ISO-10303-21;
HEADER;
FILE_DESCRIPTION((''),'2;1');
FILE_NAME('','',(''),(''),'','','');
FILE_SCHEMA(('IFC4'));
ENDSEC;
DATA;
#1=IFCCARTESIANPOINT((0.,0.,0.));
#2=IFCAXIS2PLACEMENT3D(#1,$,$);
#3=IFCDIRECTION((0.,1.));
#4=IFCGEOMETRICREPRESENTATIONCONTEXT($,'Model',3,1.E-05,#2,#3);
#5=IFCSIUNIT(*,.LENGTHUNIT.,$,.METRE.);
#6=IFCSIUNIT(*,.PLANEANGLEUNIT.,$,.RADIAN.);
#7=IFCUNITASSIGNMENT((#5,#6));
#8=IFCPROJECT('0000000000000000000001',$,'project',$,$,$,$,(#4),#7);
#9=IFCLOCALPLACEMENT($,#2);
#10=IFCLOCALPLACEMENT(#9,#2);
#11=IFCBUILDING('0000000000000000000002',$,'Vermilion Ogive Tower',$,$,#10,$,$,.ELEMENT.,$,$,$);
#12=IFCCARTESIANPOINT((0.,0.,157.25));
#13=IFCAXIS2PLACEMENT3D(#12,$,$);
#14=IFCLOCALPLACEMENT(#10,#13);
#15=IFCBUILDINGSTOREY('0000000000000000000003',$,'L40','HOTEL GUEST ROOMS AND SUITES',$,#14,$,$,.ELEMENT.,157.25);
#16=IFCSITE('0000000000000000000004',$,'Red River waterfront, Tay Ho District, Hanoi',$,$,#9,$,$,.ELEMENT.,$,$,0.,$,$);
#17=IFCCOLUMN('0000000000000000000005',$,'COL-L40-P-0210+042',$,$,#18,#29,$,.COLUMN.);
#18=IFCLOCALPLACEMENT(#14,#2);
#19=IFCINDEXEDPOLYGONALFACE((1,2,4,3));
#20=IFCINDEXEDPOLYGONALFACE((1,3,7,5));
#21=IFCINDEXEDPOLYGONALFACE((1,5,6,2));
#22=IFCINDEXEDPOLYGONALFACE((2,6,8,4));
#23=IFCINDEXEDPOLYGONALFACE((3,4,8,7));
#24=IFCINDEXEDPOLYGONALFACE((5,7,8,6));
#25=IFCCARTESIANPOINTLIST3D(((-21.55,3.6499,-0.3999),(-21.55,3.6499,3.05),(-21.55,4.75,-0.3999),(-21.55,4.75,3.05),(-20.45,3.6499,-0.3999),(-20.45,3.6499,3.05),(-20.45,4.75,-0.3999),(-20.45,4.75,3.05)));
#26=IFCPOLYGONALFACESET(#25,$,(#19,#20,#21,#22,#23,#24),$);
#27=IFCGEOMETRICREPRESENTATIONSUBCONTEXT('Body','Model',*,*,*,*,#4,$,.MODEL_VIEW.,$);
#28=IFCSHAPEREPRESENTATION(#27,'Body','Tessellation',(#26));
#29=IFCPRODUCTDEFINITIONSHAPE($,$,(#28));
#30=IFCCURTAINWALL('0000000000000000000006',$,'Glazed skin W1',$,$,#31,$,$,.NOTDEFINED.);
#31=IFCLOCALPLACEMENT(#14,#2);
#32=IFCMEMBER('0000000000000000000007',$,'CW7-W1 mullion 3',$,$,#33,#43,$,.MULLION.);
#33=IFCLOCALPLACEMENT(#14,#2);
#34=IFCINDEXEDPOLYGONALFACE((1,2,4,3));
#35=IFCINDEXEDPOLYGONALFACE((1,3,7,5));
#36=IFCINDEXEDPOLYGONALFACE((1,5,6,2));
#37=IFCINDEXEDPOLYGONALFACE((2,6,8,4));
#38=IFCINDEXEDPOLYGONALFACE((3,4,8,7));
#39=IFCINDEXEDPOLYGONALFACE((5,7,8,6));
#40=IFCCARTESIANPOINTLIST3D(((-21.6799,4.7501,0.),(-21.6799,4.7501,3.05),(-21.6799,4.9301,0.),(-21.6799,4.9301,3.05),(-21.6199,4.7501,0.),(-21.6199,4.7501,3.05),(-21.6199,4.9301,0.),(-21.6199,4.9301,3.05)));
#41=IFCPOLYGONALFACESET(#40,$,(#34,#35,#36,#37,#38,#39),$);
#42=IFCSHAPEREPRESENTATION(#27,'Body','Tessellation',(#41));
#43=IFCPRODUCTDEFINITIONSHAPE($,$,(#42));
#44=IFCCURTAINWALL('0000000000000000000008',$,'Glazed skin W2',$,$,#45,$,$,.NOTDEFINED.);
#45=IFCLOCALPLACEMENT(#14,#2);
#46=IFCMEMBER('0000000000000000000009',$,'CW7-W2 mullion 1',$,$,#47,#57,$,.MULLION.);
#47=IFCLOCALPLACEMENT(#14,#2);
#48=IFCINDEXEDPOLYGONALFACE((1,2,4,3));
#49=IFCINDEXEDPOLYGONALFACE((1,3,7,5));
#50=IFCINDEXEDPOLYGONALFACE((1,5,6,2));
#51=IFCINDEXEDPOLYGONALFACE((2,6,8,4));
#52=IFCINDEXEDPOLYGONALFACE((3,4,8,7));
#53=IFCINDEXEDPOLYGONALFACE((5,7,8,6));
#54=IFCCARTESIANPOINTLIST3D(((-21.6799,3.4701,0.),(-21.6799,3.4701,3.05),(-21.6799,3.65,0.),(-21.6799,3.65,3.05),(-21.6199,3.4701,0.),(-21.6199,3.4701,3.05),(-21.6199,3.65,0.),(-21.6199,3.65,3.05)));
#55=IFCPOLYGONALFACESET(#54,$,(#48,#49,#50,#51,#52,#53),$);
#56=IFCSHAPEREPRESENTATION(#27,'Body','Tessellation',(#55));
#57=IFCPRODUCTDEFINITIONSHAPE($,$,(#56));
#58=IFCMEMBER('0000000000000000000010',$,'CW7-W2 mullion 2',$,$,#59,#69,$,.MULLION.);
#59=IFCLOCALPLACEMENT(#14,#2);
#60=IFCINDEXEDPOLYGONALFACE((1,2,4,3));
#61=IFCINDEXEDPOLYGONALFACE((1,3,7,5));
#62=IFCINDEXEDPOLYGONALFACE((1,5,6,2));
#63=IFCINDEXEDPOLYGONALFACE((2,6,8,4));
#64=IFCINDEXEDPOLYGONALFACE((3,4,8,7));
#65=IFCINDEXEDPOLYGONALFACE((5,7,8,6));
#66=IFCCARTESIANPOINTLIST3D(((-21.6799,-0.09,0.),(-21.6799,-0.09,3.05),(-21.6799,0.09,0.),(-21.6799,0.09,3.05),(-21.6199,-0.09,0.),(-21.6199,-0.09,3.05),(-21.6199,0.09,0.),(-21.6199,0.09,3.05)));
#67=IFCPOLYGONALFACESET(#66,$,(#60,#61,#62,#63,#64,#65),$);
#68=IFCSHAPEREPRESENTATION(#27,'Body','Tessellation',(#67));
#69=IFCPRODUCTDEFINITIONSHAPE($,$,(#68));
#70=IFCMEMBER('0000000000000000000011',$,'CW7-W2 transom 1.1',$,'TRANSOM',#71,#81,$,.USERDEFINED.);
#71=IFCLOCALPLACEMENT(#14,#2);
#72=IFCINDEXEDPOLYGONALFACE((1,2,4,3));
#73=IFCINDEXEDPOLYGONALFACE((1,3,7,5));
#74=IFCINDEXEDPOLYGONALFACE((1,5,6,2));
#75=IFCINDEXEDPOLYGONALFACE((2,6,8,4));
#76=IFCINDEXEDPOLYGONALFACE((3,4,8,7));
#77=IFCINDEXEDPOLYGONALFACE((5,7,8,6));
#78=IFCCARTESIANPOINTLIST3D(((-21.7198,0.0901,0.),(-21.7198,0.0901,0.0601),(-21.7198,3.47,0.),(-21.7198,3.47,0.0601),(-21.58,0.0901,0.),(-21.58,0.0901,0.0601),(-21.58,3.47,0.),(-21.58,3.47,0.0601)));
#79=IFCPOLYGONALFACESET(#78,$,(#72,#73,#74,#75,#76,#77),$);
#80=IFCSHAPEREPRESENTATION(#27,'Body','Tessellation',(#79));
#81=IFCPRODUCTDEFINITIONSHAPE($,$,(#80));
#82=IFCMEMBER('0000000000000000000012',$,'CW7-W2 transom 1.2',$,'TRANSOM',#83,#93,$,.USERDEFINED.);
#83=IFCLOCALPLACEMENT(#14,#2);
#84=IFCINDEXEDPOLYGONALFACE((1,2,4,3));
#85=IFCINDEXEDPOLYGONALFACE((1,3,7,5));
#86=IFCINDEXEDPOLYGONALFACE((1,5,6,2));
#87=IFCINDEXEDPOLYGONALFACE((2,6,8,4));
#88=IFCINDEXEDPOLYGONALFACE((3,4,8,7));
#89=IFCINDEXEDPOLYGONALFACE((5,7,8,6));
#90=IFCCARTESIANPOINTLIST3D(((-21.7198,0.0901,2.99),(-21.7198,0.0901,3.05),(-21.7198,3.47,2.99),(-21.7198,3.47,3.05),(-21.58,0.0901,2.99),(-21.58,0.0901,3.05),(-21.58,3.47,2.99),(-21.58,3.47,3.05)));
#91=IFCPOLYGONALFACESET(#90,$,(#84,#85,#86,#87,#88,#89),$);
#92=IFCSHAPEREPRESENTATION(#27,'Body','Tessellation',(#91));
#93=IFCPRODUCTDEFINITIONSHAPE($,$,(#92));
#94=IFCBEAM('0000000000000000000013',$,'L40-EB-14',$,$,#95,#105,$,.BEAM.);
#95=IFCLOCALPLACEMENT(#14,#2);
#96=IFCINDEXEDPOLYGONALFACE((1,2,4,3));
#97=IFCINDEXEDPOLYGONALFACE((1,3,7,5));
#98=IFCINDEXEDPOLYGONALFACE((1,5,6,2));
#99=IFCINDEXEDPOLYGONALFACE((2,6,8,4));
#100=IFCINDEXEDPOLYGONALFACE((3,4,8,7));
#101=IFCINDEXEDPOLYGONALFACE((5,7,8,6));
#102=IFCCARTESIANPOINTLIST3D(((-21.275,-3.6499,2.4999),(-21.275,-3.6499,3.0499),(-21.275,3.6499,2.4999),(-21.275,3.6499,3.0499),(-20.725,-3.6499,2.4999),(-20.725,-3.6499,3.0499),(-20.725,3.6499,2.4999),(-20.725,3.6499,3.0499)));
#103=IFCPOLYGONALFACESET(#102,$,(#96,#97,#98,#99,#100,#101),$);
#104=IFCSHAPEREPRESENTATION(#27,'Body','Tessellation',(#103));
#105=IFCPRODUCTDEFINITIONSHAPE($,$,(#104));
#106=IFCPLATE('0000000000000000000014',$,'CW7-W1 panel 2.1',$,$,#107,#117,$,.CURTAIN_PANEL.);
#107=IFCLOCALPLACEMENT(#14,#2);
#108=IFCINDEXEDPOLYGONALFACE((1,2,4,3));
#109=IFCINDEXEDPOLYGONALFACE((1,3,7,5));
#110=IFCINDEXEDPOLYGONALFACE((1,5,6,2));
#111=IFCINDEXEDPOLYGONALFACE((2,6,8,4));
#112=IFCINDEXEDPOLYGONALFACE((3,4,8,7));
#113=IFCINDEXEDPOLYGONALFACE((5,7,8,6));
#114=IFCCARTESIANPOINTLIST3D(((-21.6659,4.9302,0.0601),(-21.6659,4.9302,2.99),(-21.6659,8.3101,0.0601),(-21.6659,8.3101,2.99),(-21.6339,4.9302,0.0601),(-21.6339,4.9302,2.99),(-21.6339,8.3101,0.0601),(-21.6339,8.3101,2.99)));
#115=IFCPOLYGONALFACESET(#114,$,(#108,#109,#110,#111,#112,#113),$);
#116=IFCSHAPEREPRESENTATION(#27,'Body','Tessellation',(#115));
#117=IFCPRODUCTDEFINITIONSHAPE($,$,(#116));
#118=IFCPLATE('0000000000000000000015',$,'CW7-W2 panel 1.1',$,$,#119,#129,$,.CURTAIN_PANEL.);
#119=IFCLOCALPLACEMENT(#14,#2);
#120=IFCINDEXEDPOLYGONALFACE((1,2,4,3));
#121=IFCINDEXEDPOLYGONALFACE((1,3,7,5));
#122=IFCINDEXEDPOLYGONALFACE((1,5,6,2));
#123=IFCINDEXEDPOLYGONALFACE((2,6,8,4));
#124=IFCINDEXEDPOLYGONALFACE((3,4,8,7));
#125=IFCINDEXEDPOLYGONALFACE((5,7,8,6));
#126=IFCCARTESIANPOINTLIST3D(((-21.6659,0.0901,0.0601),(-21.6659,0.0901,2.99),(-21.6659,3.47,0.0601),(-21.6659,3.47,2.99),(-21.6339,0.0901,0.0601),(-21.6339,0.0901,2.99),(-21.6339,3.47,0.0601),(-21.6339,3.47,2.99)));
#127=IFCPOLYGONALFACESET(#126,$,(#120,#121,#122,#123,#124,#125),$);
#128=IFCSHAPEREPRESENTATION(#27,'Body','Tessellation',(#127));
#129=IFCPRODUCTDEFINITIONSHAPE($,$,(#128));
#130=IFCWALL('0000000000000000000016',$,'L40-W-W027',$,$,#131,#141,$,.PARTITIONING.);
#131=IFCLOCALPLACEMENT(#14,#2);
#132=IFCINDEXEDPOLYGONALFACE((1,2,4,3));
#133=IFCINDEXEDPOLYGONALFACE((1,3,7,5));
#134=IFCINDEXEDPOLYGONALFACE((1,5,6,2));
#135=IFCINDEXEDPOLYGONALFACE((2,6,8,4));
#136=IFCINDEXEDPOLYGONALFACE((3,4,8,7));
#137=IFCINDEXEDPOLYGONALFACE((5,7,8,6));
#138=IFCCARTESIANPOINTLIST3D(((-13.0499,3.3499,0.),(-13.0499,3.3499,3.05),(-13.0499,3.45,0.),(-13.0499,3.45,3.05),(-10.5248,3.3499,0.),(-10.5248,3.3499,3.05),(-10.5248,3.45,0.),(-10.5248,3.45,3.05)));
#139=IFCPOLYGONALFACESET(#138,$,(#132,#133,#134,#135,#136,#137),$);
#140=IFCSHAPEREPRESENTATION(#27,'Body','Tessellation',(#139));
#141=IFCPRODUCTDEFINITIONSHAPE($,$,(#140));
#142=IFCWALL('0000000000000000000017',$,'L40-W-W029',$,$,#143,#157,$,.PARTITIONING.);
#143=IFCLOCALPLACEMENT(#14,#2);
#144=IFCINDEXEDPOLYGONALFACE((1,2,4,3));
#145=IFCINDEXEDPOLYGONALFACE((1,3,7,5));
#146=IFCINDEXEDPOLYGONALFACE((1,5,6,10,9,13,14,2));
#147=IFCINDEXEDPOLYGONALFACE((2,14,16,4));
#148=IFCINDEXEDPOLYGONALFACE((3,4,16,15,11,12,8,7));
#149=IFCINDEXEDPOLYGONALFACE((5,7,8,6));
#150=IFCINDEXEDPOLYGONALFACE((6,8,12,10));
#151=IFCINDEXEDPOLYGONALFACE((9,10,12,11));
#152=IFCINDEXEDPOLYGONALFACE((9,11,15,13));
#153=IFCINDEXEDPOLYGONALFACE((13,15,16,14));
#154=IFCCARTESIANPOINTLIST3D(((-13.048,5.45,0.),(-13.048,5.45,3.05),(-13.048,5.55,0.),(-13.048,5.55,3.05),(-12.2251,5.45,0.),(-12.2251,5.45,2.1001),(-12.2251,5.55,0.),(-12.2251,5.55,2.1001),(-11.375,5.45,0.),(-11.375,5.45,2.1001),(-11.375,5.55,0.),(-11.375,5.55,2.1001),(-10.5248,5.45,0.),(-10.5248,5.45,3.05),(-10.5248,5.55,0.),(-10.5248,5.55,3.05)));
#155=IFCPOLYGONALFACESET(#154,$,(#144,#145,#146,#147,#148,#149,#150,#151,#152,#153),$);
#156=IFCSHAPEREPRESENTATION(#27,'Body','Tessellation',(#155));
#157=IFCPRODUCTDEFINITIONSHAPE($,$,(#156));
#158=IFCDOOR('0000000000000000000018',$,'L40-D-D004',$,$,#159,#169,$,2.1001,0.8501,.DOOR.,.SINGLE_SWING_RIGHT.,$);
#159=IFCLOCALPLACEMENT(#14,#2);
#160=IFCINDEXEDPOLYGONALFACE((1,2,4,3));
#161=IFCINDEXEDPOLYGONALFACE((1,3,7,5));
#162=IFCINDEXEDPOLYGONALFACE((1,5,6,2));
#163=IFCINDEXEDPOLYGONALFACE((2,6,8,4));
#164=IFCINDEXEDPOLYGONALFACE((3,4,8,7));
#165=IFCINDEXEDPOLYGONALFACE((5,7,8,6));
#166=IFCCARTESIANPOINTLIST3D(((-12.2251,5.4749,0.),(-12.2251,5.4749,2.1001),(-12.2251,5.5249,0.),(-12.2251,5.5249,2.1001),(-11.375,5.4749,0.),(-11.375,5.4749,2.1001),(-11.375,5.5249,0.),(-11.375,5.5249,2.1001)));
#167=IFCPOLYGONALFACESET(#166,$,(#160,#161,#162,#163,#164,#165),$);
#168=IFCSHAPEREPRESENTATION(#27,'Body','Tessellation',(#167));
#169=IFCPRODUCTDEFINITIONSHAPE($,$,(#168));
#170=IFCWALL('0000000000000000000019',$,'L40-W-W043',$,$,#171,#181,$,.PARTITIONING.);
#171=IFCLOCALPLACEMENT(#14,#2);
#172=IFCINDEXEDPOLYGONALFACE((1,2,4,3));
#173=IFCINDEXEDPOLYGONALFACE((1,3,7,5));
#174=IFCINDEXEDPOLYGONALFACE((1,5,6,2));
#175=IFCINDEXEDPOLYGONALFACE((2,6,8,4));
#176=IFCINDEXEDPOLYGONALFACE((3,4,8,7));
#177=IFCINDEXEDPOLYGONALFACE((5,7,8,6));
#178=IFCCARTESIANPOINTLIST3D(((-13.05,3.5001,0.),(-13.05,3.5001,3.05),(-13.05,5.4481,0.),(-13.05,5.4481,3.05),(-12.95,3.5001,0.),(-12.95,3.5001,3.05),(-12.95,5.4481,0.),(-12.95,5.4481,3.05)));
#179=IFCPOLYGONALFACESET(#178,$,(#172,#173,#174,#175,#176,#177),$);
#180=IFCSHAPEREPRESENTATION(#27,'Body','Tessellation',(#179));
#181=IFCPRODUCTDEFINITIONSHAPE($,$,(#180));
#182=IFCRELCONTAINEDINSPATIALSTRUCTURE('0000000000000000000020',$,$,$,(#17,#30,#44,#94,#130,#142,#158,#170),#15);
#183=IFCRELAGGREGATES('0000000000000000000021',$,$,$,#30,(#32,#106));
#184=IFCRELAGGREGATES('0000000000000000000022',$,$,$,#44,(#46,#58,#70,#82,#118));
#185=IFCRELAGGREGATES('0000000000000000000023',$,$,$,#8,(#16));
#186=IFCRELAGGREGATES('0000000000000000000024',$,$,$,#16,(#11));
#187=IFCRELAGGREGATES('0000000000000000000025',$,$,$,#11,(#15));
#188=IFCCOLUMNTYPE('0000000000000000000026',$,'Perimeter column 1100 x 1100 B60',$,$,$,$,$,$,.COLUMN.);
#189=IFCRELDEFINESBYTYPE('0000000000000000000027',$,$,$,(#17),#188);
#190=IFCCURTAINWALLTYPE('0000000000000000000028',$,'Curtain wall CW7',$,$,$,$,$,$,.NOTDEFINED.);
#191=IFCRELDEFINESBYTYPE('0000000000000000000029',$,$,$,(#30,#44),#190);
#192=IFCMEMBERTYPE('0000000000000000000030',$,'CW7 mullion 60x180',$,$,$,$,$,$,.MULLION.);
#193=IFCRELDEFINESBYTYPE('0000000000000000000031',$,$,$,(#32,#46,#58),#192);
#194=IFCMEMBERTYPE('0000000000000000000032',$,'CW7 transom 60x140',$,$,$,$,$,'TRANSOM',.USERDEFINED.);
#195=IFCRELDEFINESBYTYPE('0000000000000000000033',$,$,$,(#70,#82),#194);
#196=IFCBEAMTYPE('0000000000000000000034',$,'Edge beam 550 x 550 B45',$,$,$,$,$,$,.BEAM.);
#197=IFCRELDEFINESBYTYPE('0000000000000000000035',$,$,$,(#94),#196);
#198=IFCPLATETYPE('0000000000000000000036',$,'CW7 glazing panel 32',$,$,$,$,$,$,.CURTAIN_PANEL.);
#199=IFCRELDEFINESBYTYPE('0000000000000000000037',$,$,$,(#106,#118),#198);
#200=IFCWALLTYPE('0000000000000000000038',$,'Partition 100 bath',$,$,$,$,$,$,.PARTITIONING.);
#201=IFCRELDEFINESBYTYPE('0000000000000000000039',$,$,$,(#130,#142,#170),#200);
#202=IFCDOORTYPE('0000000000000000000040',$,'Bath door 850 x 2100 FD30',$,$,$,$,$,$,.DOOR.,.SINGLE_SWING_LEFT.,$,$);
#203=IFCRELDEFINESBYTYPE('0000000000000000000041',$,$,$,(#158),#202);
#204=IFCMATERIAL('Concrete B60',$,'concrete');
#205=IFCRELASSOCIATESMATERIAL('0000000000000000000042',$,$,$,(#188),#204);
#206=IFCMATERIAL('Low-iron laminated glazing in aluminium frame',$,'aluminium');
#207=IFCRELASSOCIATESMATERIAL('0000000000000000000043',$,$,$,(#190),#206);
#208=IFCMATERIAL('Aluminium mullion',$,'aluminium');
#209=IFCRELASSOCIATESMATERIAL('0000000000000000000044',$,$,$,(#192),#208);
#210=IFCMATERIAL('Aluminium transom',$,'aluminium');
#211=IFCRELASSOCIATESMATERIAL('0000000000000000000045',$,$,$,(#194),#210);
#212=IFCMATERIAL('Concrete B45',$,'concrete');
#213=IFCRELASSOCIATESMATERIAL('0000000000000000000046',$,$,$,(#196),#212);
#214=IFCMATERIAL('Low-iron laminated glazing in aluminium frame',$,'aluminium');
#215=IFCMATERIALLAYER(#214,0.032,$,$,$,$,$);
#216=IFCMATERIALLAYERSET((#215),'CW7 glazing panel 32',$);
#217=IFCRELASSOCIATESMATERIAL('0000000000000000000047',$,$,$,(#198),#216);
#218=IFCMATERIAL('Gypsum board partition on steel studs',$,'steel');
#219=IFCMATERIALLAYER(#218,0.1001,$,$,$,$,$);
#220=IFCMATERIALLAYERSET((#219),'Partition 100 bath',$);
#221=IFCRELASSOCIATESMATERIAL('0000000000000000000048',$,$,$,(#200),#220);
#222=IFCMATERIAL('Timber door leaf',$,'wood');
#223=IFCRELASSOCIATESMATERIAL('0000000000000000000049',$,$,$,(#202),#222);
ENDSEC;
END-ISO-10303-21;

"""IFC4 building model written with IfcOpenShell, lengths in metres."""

from ifc_helpers import new_model, si_unit, direction, frame, frame_2d, origin, origin_2d, place, context, subcontext, project, spatial, rectangle, extrude, material, layer, layer_set, material_profile, profile_set, type_object, element, fill, aggregate, save


model = new_model("IFC4")

# Units and contexts
model_context = context("Model", 3, precision=1e-05, world=origin(), true_north=direction((0.0, 1.0)))
body_context = subcontext(model_context, "Body", "Model", "MODEL_VIEW")
ifc_project = project(units=[si_unit("LENGTHUNIT", "METRE"), si_unit("PLANEANGLEUNIT", "RADIAN")], contexts=[model_context])

# Site, building, storey
site_placement = place(None, origin())
site = spatial("IfcSite", under=ifc_project, at=site_placement, Name="Red River waterfront, Tay Ho District, Hanoi", CompositionType="ELEMENT", RefElevation=0.0)
building_placement = place(site_placement, origin())
building = spatial("IfcBuilding", under=site, at=building_placement, Name="Vermilion Ogive Tower", CompositionType="ELEMENT")
storey_placement = place(building_placement, frame((0.0, 0.0, 157.25)))
storey = spatial("IfcBuildingStorey", under=building, at=storey_placement, Name="L40", Description="HOTEL GUEST ROOMS AND SUITES", CompositionType="ELEMENT", Elevation=157.25)

# Column
ifc_material_1 = material(Name="Concrete B60", Category="concrete")
ifc_material_profile_1 = material_profile(ifc_material_1, rectangle(XDim=1.1001, YDim=1.1001, at=origin_2d()), Name="1100 x 1100")
ifc_profile_set_1 = profile_set([ifc_material_profile_1], Name="Concrete B60")
column_type = type_object("IfcColumnType", Name="Perimeter column 1100 x 1100 B60", PredefinedType="COLUMN", material=ifc_profile_set_1)
column_placement = place(storey_placement, frame((-21.0, 4.2, -0.3999), z_axis=(0.0, 0.0, 1.0), x_axis=(1.0, 0.0, 0.0)))
element("IfcColumn", 1, at=column_placement, inside=storey, type_object=column_type, Name="COL-L40-P-0210+042", PredefinedType="COLUMN", context=body_context, shape_type="SweptSolid", body=[
    extrude(rectangle(XDim=1.1001, YDim=1.1001, at=origin_2d()), origin(), (0.0, 0.0, 1.0), 3.45),
])

# Curtain wall, member
ifc_material_2 = material(Name="Low-iron laminated glazing in aluminium frame", Category="aluminium")
curtain_wall_type = type_object("IfcCurtainWallType", Name="Curtain wall CW7", PredefinedType="NOTDEFINED", material=ifc_material_2)
curtain_wall_1_placement = place(storey_placement, origin())
curtain_wall_1 = element("IfcCurtainWall", 2, at=curtain_wall_1_placement, inside=storey, type_object=curtain_wall_type, Name="Glazed skin W1", PredefinedType="NOTDEFINED")
ifc_material_3 = material(Name="Aluminium mullion", Category="aluminium")
ifc_material_profile_2 = material_profile(ifc_material_3, rectangle(XDim=0.0601, YDim=0.1799, at=origin_2d()), Name="AL 60x180")
ifc_profile_set_2 = profile_set([ifc_material_profile_2], Name="Aluminium mullion")
member_type_1 = type_object("IfcMemberType", Name="CW7 mullion 60x180", PredefinedType="MULLION", material=ifc_profile_set_2)
member_1_placement = place(storey_placement, frame((-21.6499, 4.8401, 0.0), z_axis=(0.0, 0.0, 1.0), x_axis=(1.0, 0.0, 0.0)))
member_1 = element("IfcMember", 3, at=member_1_placement, type_object=member_type_1, Name="CW7-W1 mullion 3", PredefinedType="MULLION", context=body_context, shape_type="SweptSolid", body=[
    extrude(rectangle(XDim=0.0601, YDim=0.1799, at=origin_2d()), origin(), (0.0, 0.0, 1.0), 3.05),
])

# Curtain wall, members
curtain_wall_2_placement = place(storey_placement, origin())
curtain_wall_2 = element("IfcCurtainWall", 4, at=curtain_wall_2_placement, inside=storey, type_object=curtain_wall_type, Name="Glazed skin W2", PredefinedType="NOTDEFINED")
member_2_placement = place(storey_placement, frame((-21.6499, 3.5601, 0.0), z_axis=(0.0, 0.0, 1.0), x_axis=(1.0, 0.0, 0.0)))
member_2 = element("IfcMember", 5, at=member_2_placement, type_object=member_type_1, Name="CW7-W2 mullion 1", PredefinedType="MULLION", context=body_context, shape_type="SweptSolid", body=[
    extrude(rectangle(XDim=0.0601, YDim=0.1799, at=origin_2d()), origin(), (0.0, 0.0, 1.0), 3.05),
])
member_3_placement = place(storey_placement, frame((-21.6499, 0.0, 0.0), z_axis=(0.0, 0.0, 1.0), x_axis=(1.0, 0.0, 0.0)))
member_3 = element("IfcMember", 6, at=member_3_placement, type_object=member_type_1, Name="CW7-W2 mullion 2", PredefinedType="MULLION", context=body_context, shape_type="SweptSolid", body=[
    extrude(rectangle(XDim=0.0601, YDim=0.1799, at=origin_2d()), origin(), (0.0, 0.0, 1.0), 3.05),
])
ifc_material_4 = material(Name="Aluminium transom", Category="aluminium")
ifc_material_profile_3 = material_profile(ifc_material_4, rectangle(XDim=0.1399, YDim=0.0601, at=origin_2d()), Name="AL 60x140")
ifc_profile_set_3 = profile_set([ifc_material_profile_3], Name="Aluminium transom")
member_type_2 = type_object("IfcMemberType", Name="CW7 transom 60x140", ElementType="TRANSOM", PredefinedType="USERDEFINED", material=ifc_profile_set_3)
member_4_placement = place(storey_placement, frame((-21.6499, 3.47, 0.03), z_axis=(0.0, -1.0, 0.0), x_axis=(1.0, 0.0, 0.0)))
member_4 = element("IfcMember", 7, at=member_4_placement, type_object=member_type_2, Name="CW7-W2 transom 1.1", ObjectType="TRANSOM", PredefinedType="USERDEFINED", context=body_context, shape_type="SweptSolid", body=[
    extrude(rectangle(XDim=0.1399, YDim=0.0601, at=origin_2d()), origin(), (0.0, 0.0, 1.0), 3.3799),
])
member_5_placement = place(storey_placement, frame((-21.6499, 3.47, 3.02), z_axis=(0.0, -1.0, 0.0), x_axis=(1.0, 0.0, 0.0)))
member_5 = element("IfcMember", 8, at=member_5_placement, type_object=member_type_2, Name="CW7-W2 transom 1.2", ObjectType="TRANSOM", PredefinedType="USERDEFINED", context=body_context, shape_type="SweptSolid", body=[
    extrude(rectangle(XDim=0.1399, YDim=0.0601, at=origin_2d()), origin(), (0.0, 0.0, 1.0), 3.3799),
])

# Beam
ifc_material_5 = material(Name="Concrete B45", Category="concrete")
ifc_material_profile_4 = material_profile(ifc_material_5, rectangle(XDim=0.55, YDim=0.55, at=origin_2d()), Name="550 x 550")
ifc_profile_set_4 = profile_set([ifc_material_profile_4], Name="Concrete B45")
beam_type = type_object("IfcBeamType", Name="Edge beam 550 x 550 B45", PredefinedType="BEAM", material=ifc_profile_set_4)
beam_placement = place(storey_placement, frame((-21.0, 3.6499, 2.7749), z_axis=(0.0, -1.0, 0.0), x_axis=(1.0, 0.0, 0.0)))
element("IfcBeam", 9, at=beam_placement, inside=storey, type_object=beam_type, Name="L40-EB-14", PredefinedType="BEAM", context=body_context, shape_type="SweptSolid", body=[
    extrude(rectangle(XDim=0.55, YDim=0.55, at=origin_2d()), origin(), (0.0, 0.0, 1.0), 7.2998),
])

# Plates
ifc_material_6 = material(Name="Low-iron laminated glazing in aluminium frame", Category="aluminium")
ifc_layer_1 = layer(ifc_material_6, 0.032)
ifc_layer_set_1 = layer_set([ifc_layer_1], Name="CW7 glazing panel 32")
plate_type = type_object("IfcPlateType", Name="CW7 glazing panel 32", PredefinedType="CURTAIN_PANEL", material=ifc_layer_set_1)
plate_1_placement = place(storey_placement, frame((-21.6499, 6.6201, 0.0601), z_axis=(0.0, 0.0, 1.0), x_axis=(0.0, -1.0, 0.0)))
plate_1 = element("IfcPlate", 10, at=plate_1_placement, type_object=plate_type, Name="CW7-W1 panel 2.1", PredefinedType="CURTAIN_PANEL", context=body_context, shape_type="SweptSolid", body=[
    extrude(rectangle(XDim=3.3799, YDim=0.032, at=origin_2d()), origin(), (0.0, 0.0, 1.0), 2.9299),
])
aggregate(curtain_wall_1, [member_1, plate_1])
plate_2_placement = place(storey_placement, frame((-21.6499, 1.78, 0.0601), z_axis=(0.0, 0.0, 1.0), x_axis=(0.0, -1.0, 0.0)))
plate_2 = element("IfcPlate", 11, at=plate_2_placement, type_object=plate_type, Name="CW7-W2 panel 1.1", PredefinedType="CURTAIN_PANEL", context=body_context, shape_type="SweptSolid", body=[
    extrude(rectangle(XDim=3.3799, YDim=0.032, at=origin_2d()), origin(), (0.0, 0.0, 1.0), 2.9299),
])
aggregate(curtain_wall_2, [member_2, member_3, member_4, member_5, plate_2])

# Wall
ifc_material_7 = material(Name="Gypsum board partition on steel studs", Category="steel")
ifc_layer_2 = layer(ifc_material_7, 0.1001)
ifc_layer_set_2 = layer_set([ifc_layer_2], Name="Partition 100 bath")
wall_type_1 = type_object("IfcWallType", Name="Partition 100 bath", PredefinedType="PARTITIONING", material=ifc_layer_set_2)
wall_1_placement = place(storey_placement, frame((-13.05, 3.3999, 0.0), z_axis=(0.0, 0.0, 1.0), x_axis=(1.0, 0.0, 0.0)))
element("IfcWall", 12, at=wall_1_placement, inside=storey, type_object=wall_type_1, Name="L40-W-W027", PredefinedType="PARTITIONING", context=body_context, shape_type="SweptSolid", body=[
    extrude(rectangle(XDim=2.5251, YDim=0.1001, at=frame_2d((1.2627, 0.0))), origin(), (0.0, 0.0, 1.0), 3.05),
])

# Wall, opening, door
wall_2_placement = place(storey_placement, frame((-13.0481, 5.5, 0.0), z_axis=(0.0, 0.0, 1.0), x_axis=(1.0, 0.0, 0.0)))
wall_2 = element("IfcWall", 13, at=wall_2_placement, inside=storey, type_object=wall_type_1, Name="L40-W-W029", PredefinedType="PARTITIONING", context=body_context, shape_type="SweptSolid", body=[
    extrude(rectangle(XDim=2.5232, YDim=0.1001, at=frame_2d((1.2617, 0.0))), origin(), (0.0, 0.0, 1.0), 3.05),
])
opening_1_placement = place(wall_2_placement, frame((0.823, 0.0, 0.0)))
opening_1 = element("IfcOpeningElement", 14, at=opening_1_placement, cuts=wall_2, PredefinedType="OPENING", context=body_context, shape_type="SweptSolid", body=[
    extrude(rectangle(XDim=0.8501, YDim=2.1001, at=frame_2d((0.425, 1.05))), frame((0.0, 0.0601, 0.0), z_axis=(0.0, -1.0, 0.0), x_axis=(1.0, 0.0, 0.0)), (0.0, 0.0, 1.0), 0.1201),
])
ifc_material_8 = material(Name="Timber door leaf", Category="wood")
door_type_1 = type_object("IfcDoorType", Name="Bath door 850 x 2100 FD30", OperationType="SINGLE_SWING_LEFT", PredefinedType="DOOR", material=ifc_material_8)
door_1_placement = place(opening_1_placement, origin())
door_1 = element("IfcDoor", 15, at=door_1_placement, inside=storey, type_object=door_type_1, Name="L40-D-D004", OperationType="SINGLE_SWING_RIGHT", OverallHeight=2.1001, OverallWidth=0.8501, PredefinedType="DOOR", context=body_context, shape_type="SweptSolid", body=[
    extrude(rectangle(XDim=0.8501, YDim=2.1001, at=frame_2d((0.425, 1.05))), frame((0.0, 0.0249, 0.0), z_axis=(0.0, -1.0, 0.0), x_axis=(1.0, 0.0, 0.0)), (0.0, 0.0, 1.0), 0.05),
])
fill(opening_1, door_1)

# Wall
wall_3_placement = place(storey_placement, frame((-13.0, 3.5, 0.0), z_axis=(0.0, 0.0, 1.0), x_axis=(0.0, 1.0, 0.0)))
element("IfcWall", 16, at=wall_3_placement, inside=storey, type_object=wall_type_1, Name="L40-W-W043", PredefinedType="PARTITIONING", context=body_context, shape_type="SweptSolid", body=[
    extrude(rectangle(XDim=1.948, YDim=0.1001, at=frame_2d((0.9741, 0.0))), origin(), (0.0, 0.0, 1.0), 3.05),
])

save(model, "model.ifc")
